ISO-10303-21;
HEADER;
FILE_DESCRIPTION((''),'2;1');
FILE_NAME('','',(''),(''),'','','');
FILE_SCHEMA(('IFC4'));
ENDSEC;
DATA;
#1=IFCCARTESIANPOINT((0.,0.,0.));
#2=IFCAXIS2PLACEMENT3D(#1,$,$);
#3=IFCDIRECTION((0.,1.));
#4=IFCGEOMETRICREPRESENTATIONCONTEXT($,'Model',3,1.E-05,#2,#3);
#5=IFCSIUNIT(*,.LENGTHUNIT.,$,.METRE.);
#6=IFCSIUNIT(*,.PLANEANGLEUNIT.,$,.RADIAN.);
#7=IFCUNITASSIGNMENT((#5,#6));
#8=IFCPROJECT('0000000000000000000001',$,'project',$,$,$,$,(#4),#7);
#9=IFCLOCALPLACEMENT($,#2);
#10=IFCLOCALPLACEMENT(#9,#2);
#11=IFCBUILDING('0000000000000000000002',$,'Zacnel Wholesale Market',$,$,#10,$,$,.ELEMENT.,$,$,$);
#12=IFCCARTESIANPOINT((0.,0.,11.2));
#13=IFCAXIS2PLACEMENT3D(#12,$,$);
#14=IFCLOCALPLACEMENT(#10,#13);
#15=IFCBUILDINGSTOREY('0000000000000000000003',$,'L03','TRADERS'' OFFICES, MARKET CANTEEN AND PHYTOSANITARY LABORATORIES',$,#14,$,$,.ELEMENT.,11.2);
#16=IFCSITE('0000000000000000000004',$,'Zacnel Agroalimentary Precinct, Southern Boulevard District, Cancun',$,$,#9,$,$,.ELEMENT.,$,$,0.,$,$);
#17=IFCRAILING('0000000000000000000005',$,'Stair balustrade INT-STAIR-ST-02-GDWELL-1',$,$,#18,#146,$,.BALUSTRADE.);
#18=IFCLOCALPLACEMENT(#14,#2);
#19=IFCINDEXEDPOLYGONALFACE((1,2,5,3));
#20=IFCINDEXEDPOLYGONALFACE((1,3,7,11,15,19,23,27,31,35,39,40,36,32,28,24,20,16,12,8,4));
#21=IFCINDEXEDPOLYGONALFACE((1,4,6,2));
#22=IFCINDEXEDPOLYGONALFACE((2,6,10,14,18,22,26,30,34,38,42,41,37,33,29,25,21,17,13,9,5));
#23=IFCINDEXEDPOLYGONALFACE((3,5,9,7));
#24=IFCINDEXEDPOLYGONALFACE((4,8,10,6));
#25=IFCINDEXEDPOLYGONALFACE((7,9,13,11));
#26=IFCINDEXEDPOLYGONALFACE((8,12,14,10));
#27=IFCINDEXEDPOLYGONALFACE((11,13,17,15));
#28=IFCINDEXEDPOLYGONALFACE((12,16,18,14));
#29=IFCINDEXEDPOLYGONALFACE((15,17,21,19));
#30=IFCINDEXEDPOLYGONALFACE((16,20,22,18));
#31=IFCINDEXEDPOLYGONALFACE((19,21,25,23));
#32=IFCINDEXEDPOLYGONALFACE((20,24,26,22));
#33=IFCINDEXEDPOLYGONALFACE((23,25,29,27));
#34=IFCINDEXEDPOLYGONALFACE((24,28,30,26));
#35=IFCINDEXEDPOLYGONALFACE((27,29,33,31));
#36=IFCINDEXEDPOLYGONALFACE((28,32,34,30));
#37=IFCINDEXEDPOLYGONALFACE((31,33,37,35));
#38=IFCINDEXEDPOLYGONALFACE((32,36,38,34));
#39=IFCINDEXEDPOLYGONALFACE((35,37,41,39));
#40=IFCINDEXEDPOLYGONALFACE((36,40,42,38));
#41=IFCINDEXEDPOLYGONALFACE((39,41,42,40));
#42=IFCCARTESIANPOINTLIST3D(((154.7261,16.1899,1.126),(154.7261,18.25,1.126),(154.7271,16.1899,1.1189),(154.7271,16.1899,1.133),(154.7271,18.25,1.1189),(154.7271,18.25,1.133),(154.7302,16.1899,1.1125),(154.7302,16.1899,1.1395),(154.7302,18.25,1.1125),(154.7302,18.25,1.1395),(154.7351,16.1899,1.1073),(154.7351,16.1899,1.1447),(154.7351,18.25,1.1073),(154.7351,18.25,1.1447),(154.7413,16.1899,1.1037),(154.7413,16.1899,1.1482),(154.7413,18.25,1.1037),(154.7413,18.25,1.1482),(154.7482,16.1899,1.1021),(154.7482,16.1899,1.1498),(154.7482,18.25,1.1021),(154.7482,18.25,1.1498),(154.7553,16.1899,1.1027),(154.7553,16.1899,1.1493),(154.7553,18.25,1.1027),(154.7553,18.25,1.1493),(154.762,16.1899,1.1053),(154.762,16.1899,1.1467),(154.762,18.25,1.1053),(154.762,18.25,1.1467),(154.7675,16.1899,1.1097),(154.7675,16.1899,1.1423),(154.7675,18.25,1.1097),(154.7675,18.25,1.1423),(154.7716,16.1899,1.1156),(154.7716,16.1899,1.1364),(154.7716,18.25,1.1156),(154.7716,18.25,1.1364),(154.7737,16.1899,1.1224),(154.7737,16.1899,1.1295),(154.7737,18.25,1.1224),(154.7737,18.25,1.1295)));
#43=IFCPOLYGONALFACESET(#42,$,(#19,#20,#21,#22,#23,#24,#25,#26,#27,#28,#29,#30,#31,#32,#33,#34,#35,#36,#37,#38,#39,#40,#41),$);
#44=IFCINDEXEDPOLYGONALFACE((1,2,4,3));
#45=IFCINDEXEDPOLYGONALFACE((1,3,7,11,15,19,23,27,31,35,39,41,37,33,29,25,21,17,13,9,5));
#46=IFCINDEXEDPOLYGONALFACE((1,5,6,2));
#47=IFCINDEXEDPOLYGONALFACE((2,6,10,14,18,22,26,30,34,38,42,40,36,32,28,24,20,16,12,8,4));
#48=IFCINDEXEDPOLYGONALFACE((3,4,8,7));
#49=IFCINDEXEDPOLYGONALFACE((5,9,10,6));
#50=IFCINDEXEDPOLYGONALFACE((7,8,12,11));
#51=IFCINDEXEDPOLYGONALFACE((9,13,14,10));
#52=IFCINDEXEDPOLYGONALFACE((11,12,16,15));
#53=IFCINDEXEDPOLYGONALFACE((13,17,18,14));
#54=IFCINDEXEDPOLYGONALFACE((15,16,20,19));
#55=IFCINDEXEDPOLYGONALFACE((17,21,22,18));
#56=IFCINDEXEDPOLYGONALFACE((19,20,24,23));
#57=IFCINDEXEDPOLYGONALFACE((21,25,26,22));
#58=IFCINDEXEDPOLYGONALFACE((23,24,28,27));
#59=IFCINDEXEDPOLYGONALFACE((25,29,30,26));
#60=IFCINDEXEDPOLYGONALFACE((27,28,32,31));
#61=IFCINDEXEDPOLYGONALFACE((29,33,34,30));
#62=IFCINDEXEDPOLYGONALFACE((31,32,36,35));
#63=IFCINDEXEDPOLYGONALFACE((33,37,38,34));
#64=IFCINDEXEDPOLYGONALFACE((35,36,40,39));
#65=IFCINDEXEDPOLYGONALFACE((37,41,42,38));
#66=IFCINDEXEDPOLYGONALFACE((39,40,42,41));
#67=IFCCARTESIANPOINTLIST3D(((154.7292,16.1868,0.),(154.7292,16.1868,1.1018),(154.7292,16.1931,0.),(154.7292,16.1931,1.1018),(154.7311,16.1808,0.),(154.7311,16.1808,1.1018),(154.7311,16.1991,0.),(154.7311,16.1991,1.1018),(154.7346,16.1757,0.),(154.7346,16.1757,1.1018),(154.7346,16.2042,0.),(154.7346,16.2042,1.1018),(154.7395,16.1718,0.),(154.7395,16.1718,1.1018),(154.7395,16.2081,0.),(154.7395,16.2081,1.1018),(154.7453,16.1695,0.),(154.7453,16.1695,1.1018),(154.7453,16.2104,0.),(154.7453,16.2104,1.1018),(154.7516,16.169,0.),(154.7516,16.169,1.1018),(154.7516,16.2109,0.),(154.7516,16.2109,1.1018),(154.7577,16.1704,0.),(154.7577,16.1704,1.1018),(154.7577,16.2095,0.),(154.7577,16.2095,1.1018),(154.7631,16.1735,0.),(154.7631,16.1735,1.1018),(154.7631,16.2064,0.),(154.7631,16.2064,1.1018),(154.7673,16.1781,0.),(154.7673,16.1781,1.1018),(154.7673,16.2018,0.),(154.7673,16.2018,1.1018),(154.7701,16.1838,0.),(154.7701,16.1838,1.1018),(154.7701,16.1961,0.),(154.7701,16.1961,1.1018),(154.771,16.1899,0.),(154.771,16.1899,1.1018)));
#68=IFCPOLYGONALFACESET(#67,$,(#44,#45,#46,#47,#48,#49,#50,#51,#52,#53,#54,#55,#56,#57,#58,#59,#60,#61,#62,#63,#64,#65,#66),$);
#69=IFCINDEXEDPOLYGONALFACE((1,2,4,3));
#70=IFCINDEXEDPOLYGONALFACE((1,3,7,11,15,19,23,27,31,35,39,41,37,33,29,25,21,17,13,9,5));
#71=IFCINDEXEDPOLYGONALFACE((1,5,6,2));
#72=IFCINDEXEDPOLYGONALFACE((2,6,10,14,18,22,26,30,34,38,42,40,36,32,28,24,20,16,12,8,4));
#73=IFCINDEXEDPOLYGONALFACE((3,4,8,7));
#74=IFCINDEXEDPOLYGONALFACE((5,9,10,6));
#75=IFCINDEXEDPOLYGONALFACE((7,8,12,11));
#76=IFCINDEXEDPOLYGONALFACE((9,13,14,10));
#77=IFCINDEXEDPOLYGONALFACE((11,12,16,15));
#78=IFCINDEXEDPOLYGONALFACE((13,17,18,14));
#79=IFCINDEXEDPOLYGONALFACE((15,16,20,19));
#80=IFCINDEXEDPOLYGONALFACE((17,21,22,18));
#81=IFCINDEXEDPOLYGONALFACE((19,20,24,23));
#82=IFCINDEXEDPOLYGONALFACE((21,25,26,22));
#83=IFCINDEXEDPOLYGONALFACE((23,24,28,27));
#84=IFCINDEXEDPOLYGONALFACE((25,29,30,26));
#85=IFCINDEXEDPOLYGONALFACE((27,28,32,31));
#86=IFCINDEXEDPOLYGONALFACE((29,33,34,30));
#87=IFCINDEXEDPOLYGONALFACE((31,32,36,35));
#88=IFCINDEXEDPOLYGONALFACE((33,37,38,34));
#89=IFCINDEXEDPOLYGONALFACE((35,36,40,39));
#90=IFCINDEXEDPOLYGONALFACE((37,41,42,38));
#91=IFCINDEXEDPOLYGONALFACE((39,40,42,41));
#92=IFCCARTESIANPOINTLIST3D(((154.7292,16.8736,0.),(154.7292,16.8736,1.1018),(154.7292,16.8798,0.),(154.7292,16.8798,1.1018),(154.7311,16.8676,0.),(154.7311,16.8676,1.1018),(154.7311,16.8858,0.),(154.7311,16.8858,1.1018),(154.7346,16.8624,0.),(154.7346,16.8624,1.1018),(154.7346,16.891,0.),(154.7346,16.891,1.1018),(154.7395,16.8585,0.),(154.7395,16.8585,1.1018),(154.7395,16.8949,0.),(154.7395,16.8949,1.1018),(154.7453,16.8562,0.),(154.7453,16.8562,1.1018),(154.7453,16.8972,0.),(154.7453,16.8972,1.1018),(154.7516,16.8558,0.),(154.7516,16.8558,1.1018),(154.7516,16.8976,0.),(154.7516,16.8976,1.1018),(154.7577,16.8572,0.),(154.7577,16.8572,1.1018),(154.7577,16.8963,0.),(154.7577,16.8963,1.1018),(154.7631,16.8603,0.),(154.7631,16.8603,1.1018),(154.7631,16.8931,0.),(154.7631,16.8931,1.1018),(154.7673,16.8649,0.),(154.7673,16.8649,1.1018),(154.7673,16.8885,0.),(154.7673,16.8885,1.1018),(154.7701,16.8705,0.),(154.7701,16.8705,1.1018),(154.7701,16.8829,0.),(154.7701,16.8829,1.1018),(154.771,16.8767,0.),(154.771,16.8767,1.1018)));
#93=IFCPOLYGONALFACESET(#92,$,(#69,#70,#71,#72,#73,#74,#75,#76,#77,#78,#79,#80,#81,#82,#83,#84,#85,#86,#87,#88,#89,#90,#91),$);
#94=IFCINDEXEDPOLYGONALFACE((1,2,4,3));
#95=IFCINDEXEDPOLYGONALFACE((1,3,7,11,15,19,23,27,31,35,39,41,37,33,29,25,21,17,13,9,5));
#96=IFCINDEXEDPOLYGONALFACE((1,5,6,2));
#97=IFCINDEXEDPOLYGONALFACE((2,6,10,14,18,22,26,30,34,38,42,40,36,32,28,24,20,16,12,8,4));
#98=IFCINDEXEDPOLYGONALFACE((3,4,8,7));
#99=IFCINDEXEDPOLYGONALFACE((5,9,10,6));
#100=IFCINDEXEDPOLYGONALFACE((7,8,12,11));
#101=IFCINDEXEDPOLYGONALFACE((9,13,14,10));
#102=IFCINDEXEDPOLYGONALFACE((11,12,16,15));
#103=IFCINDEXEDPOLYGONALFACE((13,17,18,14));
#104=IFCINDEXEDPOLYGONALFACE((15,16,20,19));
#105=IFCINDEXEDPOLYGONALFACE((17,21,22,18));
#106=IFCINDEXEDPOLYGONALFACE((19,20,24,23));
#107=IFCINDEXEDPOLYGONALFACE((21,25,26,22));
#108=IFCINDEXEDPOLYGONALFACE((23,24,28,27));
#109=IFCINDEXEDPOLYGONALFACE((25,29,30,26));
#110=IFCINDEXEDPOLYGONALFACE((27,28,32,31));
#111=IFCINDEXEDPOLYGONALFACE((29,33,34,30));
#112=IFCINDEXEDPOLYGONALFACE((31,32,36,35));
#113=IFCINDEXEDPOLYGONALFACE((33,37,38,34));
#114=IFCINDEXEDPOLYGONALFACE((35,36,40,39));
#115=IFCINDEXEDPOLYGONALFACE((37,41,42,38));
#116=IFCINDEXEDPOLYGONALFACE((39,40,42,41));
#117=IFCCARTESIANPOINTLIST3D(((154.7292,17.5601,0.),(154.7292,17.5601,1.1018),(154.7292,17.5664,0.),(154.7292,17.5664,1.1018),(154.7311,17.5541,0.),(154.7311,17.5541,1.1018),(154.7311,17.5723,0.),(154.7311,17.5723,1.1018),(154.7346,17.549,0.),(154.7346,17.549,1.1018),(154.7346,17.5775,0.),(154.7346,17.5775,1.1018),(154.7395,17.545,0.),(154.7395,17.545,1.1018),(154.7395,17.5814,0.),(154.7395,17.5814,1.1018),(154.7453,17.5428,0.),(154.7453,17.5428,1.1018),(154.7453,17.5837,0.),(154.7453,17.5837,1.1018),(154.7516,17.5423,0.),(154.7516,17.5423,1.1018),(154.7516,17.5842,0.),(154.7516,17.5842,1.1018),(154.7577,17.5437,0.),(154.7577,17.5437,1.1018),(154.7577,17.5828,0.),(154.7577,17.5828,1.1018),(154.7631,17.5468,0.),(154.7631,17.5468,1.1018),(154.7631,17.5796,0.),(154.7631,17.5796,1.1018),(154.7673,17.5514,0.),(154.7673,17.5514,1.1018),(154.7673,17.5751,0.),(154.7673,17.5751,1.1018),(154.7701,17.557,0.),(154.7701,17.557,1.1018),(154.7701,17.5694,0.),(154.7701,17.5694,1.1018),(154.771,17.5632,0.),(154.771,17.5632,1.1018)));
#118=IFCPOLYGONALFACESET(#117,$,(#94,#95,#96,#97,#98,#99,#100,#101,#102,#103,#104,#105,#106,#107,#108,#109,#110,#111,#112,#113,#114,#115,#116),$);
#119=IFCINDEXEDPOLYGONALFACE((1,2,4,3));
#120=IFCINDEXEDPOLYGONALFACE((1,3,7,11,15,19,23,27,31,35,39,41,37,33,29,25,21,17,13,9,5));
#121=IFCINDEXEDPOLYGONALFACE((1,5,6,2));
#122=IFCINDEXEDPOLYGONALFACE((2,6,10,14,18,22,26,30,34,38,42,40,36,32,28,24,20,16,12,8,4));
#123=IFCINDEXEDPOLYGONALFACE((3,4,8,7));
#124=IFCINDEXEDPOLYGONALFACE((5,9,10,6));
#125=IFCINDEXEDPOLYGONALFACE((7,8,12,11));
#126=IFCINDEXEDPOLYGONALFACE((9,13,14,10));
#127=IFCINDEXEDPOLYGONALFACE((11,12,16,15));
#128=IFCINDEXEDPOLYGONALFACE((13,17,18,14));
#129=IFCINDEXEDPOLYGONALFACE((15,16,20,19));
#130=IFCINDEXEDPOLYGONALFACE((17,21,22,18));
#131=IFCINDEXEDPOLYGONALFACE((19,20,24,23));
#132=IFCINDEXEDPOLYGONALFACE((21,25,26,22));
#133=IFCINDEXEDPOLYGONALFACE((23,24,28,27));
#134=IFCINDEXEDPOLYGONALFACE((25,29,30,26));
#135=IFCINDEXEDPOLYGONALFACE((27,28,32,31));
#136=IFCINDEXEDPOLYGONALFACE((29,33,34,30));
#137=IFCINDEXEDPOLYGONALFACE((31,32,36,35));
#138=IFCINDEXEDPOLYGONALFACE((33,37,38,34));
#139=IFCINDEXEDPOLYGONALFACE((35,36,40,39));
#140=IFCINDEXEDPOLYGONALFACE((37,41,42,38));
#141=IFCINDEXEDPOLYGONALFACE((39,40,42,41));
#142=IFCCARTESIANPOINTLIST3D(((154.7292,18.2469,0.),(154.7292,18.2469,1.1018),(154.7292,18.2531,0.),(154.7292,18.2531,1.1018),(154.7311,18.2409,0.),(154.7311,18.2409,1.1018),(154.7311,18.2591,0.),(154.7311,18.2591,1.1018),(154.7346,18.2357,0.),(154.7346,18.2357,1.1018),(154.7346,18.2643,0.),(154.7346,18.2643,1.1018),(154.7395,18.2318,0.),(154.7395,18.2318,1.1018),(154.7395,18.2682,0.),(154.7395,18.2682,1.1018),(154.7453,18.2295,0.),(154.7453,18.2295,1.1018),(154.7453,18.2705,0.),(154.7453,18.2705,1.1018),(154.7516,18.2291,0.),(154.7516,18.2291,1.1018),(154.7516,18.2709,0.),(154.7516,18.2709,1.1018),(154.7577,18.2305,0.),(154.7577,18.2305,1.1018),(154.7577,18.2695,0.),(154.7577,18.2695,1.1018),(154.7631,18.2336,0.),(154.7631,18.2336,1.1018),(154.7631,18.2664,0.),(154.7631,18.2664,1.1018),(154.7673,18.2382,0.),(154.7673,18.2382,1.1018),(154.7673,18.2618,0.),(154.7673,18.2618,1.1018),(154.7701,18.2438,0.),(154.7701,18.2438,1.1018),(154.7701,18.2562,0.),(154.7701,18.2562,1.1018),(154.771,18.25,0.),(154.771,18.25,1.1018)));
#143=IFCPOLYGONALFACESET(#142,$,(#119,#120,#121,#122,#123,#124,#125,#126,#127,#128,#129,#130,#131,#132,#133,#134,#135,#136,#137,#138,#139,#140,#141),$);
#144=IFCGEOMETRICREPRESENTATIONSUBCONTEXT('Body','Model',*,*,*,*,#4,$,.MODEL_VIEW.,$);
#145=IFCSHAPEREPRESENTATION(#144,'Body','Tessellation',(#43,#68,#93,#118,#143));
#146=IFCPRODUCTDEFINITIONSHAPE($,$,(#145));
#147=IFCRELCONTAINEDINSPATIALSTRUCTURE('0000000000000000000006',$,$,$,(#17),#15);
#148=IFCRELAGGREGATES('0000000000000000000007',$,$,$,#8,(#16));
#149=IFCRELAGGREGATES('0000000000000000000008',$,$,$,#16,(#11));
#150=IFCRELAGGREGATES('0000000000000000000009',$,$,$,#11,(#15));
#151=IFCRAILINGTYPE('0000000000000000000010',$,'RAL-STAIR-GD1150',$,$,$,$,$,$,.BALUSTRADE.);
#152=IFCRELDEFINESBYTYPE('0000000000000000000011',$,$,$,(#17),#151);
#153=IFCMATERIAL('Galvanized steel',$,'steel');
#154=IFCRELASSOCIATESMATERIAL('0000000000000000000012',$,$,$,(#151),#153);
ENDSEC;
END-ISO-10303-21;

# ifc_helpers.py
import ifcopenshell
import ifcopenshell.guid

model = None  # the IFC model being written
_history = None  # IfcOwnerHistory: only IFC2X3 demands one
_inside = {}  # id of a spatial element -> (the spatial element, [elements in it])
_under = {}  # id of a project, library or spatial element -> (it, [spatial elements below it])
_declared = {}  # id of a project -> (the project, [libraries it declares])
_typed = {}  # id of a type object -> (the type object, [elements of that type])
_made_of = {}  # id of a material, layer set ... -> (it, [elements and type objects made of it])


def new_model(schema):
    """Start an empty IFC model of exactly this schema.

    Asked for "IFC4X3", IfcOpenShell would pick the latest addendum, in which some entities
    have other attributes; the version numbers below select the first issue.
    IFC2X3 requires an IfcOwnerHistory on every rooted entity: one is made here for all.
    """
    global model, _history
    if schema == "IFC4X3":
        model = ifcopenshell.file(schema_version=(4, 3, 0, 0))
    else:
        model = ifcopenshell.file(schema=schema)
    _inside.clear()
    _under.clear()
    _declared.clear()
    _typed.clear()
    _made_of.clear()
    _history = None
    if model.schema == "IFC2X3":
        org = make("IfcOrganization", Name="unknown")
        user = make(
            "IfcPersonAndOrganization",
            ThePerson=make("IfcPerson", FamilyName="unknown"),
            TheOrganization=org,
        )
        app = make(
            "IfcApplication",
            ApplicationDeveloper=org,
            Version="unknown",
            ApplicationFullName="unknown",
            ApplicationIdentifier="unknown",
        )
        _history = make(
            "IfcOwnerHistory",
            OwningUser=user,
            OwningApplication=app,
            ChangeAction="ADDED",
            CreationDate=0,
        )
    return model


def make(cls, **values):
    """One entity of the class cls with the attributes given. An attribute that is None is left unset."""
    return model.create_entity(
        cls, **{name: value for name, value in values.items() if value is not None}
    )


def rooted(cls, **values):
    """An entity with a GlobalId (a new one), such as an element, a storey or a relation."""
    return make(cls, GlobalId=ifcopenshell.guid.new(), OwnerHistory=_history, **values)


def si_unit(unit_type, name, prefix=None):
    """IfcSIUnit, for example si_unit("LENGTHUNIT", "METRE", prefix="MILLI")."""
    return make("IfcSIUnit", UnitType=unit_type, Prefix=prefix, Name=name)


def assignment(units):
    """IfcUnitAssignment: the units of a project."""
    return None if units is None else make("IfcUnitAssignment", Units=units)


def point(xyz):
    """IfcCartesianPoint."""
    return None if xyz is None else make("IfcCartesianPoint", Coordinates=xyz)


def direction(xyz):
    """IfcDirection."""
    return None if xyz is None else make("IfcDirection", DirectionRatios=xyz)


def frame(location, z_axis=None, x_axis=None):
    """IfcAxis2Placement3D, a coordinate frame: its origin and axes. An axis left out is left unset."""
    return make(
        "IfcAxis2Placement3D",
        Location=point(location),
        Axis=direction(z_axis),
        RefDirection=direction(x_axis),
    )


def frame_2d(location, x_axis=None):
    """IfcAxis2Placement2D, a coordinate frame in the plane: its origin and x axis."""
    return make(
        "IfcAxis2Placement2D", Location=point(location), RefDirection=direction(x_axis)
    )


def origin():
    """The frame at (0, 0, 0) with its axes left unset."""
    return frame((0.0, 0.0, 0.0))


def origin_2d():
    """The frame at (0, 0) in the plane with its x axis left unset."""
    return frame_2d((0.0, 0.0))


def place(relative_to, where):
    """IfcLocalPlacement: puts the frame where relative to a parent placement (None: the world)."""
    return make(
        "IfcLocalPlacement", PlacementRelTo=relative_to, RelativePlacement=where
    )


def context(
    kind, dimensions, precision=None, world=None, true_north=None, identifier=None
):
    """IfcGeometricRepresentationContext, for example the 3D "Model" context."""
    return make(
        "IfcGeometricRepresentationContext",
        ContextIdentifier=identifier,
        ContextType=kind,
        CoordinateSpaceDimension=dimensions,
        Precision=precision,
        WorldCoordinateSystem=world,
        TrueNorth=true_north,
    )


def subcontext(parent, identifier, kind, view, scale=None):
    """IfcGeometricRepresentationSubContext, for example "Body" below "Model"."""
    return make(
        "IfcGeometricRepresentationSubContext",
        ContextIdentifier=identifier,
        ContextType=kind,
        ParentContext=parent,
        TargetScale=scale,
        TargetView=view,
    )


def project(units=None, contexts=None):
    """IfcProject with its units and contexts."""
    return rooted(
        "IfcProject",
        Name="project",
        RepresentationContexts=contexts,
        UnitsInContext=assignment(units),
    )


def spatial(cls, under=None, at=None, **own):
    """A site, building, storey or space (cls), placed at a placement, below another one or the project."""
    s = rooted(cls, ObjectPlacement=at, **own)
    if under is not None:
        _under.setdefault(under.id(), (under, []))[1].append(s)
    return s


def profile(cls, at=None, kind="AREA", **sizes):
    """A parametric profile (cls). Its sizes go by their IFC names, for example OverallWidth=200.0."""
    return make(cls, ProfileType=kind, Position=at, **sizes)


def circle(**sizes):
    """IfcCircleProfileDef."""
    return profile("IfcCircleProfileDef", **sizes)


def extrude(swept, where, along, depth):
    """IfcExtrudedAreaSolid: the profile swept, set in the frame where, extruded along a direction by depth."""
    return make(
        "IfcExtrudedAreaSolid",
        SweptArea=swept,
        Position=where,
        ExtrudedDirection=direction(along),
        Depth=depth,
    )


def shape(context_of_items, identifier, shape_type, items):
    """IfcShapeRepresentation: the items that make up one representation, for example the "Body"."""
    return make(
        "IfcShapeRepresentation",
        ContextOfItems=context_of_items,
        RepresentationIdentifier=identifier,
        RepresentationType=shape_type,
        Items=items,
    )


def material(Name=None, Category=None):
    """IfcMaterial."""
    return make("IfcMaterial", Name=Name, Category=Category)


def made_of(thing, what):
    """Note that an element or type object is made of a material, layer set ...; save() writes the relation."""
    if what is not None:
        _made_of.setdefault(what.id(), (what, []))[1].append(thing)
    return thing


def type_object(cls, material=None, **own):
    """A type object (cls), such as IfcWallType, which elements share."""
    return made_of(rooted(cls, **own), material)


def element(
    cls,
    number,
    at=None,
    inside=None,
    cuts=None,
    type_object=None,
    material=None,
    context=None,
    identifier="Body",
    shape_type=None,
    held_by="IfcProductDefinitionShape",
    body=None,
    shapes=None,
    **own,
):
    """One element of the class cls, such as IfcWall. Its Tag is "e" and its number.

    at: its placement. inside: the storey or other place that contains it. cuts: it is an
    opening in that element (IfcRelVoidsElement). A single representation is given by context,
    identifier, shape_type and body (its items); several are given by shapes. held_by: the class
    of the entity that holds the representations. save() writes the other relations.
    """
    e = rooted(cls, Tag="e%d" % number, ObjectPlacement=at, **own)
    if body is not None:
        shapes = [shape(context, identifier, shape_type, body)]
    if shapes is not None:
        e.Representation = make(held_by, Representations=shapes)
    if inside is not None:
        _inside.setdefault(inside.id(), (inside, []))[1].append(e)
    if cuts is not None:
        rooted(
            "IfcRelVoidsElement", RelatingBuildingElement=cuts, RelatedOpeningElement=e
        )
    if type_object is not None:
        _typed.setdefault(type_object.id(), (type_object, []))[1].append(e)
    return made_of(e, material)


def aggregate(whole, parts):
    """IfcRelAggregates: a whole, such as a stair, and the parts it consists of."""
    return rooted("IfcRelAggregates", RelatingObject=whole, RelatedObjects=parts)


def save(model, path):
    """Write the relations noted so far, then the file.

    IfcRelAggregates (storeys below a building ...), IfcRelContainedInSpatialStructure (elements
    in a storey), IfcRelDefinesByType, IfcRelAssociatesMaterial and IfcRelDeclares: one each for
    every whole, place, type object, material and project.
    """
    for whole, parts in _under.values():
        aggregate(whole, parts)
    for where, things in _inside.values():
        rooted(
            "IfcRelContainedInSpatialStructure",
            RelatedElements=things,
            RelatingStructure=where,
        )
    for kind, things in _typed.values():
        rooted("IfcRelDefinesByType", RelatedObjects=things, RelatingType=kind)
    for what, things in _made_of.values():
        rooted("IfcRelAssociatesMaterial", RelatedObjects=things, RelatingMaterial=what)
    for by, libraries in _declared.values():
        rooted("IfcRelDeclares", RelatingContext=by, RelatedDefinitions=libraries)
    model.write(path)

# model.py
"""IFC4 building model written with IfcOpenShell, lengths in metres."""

from ifc_helpers import new_model, si_unit, direction, frame, origin, origin_2d, place, context, subcontext, project, spatial, circle, extrude, material, type_object, element, save


model = new_model("IFC4")

# Units and contexts
model_context = context("Model", 3, precision=1e-05, world=origin(), true_north=direction((0.0, 1.0)))
body_context = subcontext(model_context, "Body", "Model", "MODEL_VIEW")
ifc_project = project(units=[si_unit("LENGTHUNIT", "METRE"), si_unit("PLANEANGLEUNIT", "RADIAN")], contexts=[model_context])

# Site, building, storey
site_placement = place(None, origin())
site = spatial("IfcSite", under=ifc_project, at=site_placement, Name="Zacnel Agroalimentary Precinct, Southern Boulevard District, Cancun", CompositionType="ELEMENT", RefElevation=0.0)
building_placement = place(site_placement, origin())
building = spatial("IfcBuilding", under=site, at=building_placement, Name="Zacnel Wholesale Market", CompositionType="ELEMENT")
storey_placement = place(building_placement, frame((0.0, 0.0, 11.2)))
storey = spatial("IfcBuildingStorey", under=building, at=storey_placement, Name="L03", Description="TRADERS' OFFICES, MARKET CANTEEN AND PHYTOSANITARY LABORATORIES", CompositionType="ELEMENT", Elevation=11.2)

# Railing
ifc_material_1 = material(Name="Galvanized steel", Category="steel")
railing_type = type_object("IfcRailingType", Name="RAL-STAIR-GD1150", PredefinedType="BALUSTRADE", material=ifc_material_1)
railing_placement = place(storey_placement, frame((154.75, 16.1899, 0.0)))
element("IfcRailing", 1, at=railing_placement, inside=storey, type_object=railing_type, Name="Stair balustrade INT-STAIR-ST-02-GDWELL-1", PredefinedType="BALUSTRADE", context=body_context, shape_type="SweptSolid", body=[
    extrude(circle(Radius=0.0239, at=origin_2d()), frame((0.0, 0.0, 1.126), z_axis=(0.0, 1.0, 0.0), x_axis=(-1.0, 0.0, 0.0)), (0.0, 0.0, 1.0), 2.0601),
    extrude(circle(Radius=0.021, at=origin_2d()), origin(), (0.0, 0.0, 1.0), 1.1018),
    extrude(circle(Radius=0.021, at=origin_2d()), frame((0.0, 0.6868, 0.0)), (0.0, 0.0, 1.0), 1.1018),
    extrude(circle(Radius=0.021, at=origin_2d()), frame((0.0, 1.3733, 0.0)), (0.0, 0.0, 1.0), 1.1018),
    extrude(circle(Radius=0.021, at=origin_2d()), frame((0.0, 2.0601, 0.0)), (0.0, 0.0, 1.0), 1.1018),
])

save(model, "model.ifc")
